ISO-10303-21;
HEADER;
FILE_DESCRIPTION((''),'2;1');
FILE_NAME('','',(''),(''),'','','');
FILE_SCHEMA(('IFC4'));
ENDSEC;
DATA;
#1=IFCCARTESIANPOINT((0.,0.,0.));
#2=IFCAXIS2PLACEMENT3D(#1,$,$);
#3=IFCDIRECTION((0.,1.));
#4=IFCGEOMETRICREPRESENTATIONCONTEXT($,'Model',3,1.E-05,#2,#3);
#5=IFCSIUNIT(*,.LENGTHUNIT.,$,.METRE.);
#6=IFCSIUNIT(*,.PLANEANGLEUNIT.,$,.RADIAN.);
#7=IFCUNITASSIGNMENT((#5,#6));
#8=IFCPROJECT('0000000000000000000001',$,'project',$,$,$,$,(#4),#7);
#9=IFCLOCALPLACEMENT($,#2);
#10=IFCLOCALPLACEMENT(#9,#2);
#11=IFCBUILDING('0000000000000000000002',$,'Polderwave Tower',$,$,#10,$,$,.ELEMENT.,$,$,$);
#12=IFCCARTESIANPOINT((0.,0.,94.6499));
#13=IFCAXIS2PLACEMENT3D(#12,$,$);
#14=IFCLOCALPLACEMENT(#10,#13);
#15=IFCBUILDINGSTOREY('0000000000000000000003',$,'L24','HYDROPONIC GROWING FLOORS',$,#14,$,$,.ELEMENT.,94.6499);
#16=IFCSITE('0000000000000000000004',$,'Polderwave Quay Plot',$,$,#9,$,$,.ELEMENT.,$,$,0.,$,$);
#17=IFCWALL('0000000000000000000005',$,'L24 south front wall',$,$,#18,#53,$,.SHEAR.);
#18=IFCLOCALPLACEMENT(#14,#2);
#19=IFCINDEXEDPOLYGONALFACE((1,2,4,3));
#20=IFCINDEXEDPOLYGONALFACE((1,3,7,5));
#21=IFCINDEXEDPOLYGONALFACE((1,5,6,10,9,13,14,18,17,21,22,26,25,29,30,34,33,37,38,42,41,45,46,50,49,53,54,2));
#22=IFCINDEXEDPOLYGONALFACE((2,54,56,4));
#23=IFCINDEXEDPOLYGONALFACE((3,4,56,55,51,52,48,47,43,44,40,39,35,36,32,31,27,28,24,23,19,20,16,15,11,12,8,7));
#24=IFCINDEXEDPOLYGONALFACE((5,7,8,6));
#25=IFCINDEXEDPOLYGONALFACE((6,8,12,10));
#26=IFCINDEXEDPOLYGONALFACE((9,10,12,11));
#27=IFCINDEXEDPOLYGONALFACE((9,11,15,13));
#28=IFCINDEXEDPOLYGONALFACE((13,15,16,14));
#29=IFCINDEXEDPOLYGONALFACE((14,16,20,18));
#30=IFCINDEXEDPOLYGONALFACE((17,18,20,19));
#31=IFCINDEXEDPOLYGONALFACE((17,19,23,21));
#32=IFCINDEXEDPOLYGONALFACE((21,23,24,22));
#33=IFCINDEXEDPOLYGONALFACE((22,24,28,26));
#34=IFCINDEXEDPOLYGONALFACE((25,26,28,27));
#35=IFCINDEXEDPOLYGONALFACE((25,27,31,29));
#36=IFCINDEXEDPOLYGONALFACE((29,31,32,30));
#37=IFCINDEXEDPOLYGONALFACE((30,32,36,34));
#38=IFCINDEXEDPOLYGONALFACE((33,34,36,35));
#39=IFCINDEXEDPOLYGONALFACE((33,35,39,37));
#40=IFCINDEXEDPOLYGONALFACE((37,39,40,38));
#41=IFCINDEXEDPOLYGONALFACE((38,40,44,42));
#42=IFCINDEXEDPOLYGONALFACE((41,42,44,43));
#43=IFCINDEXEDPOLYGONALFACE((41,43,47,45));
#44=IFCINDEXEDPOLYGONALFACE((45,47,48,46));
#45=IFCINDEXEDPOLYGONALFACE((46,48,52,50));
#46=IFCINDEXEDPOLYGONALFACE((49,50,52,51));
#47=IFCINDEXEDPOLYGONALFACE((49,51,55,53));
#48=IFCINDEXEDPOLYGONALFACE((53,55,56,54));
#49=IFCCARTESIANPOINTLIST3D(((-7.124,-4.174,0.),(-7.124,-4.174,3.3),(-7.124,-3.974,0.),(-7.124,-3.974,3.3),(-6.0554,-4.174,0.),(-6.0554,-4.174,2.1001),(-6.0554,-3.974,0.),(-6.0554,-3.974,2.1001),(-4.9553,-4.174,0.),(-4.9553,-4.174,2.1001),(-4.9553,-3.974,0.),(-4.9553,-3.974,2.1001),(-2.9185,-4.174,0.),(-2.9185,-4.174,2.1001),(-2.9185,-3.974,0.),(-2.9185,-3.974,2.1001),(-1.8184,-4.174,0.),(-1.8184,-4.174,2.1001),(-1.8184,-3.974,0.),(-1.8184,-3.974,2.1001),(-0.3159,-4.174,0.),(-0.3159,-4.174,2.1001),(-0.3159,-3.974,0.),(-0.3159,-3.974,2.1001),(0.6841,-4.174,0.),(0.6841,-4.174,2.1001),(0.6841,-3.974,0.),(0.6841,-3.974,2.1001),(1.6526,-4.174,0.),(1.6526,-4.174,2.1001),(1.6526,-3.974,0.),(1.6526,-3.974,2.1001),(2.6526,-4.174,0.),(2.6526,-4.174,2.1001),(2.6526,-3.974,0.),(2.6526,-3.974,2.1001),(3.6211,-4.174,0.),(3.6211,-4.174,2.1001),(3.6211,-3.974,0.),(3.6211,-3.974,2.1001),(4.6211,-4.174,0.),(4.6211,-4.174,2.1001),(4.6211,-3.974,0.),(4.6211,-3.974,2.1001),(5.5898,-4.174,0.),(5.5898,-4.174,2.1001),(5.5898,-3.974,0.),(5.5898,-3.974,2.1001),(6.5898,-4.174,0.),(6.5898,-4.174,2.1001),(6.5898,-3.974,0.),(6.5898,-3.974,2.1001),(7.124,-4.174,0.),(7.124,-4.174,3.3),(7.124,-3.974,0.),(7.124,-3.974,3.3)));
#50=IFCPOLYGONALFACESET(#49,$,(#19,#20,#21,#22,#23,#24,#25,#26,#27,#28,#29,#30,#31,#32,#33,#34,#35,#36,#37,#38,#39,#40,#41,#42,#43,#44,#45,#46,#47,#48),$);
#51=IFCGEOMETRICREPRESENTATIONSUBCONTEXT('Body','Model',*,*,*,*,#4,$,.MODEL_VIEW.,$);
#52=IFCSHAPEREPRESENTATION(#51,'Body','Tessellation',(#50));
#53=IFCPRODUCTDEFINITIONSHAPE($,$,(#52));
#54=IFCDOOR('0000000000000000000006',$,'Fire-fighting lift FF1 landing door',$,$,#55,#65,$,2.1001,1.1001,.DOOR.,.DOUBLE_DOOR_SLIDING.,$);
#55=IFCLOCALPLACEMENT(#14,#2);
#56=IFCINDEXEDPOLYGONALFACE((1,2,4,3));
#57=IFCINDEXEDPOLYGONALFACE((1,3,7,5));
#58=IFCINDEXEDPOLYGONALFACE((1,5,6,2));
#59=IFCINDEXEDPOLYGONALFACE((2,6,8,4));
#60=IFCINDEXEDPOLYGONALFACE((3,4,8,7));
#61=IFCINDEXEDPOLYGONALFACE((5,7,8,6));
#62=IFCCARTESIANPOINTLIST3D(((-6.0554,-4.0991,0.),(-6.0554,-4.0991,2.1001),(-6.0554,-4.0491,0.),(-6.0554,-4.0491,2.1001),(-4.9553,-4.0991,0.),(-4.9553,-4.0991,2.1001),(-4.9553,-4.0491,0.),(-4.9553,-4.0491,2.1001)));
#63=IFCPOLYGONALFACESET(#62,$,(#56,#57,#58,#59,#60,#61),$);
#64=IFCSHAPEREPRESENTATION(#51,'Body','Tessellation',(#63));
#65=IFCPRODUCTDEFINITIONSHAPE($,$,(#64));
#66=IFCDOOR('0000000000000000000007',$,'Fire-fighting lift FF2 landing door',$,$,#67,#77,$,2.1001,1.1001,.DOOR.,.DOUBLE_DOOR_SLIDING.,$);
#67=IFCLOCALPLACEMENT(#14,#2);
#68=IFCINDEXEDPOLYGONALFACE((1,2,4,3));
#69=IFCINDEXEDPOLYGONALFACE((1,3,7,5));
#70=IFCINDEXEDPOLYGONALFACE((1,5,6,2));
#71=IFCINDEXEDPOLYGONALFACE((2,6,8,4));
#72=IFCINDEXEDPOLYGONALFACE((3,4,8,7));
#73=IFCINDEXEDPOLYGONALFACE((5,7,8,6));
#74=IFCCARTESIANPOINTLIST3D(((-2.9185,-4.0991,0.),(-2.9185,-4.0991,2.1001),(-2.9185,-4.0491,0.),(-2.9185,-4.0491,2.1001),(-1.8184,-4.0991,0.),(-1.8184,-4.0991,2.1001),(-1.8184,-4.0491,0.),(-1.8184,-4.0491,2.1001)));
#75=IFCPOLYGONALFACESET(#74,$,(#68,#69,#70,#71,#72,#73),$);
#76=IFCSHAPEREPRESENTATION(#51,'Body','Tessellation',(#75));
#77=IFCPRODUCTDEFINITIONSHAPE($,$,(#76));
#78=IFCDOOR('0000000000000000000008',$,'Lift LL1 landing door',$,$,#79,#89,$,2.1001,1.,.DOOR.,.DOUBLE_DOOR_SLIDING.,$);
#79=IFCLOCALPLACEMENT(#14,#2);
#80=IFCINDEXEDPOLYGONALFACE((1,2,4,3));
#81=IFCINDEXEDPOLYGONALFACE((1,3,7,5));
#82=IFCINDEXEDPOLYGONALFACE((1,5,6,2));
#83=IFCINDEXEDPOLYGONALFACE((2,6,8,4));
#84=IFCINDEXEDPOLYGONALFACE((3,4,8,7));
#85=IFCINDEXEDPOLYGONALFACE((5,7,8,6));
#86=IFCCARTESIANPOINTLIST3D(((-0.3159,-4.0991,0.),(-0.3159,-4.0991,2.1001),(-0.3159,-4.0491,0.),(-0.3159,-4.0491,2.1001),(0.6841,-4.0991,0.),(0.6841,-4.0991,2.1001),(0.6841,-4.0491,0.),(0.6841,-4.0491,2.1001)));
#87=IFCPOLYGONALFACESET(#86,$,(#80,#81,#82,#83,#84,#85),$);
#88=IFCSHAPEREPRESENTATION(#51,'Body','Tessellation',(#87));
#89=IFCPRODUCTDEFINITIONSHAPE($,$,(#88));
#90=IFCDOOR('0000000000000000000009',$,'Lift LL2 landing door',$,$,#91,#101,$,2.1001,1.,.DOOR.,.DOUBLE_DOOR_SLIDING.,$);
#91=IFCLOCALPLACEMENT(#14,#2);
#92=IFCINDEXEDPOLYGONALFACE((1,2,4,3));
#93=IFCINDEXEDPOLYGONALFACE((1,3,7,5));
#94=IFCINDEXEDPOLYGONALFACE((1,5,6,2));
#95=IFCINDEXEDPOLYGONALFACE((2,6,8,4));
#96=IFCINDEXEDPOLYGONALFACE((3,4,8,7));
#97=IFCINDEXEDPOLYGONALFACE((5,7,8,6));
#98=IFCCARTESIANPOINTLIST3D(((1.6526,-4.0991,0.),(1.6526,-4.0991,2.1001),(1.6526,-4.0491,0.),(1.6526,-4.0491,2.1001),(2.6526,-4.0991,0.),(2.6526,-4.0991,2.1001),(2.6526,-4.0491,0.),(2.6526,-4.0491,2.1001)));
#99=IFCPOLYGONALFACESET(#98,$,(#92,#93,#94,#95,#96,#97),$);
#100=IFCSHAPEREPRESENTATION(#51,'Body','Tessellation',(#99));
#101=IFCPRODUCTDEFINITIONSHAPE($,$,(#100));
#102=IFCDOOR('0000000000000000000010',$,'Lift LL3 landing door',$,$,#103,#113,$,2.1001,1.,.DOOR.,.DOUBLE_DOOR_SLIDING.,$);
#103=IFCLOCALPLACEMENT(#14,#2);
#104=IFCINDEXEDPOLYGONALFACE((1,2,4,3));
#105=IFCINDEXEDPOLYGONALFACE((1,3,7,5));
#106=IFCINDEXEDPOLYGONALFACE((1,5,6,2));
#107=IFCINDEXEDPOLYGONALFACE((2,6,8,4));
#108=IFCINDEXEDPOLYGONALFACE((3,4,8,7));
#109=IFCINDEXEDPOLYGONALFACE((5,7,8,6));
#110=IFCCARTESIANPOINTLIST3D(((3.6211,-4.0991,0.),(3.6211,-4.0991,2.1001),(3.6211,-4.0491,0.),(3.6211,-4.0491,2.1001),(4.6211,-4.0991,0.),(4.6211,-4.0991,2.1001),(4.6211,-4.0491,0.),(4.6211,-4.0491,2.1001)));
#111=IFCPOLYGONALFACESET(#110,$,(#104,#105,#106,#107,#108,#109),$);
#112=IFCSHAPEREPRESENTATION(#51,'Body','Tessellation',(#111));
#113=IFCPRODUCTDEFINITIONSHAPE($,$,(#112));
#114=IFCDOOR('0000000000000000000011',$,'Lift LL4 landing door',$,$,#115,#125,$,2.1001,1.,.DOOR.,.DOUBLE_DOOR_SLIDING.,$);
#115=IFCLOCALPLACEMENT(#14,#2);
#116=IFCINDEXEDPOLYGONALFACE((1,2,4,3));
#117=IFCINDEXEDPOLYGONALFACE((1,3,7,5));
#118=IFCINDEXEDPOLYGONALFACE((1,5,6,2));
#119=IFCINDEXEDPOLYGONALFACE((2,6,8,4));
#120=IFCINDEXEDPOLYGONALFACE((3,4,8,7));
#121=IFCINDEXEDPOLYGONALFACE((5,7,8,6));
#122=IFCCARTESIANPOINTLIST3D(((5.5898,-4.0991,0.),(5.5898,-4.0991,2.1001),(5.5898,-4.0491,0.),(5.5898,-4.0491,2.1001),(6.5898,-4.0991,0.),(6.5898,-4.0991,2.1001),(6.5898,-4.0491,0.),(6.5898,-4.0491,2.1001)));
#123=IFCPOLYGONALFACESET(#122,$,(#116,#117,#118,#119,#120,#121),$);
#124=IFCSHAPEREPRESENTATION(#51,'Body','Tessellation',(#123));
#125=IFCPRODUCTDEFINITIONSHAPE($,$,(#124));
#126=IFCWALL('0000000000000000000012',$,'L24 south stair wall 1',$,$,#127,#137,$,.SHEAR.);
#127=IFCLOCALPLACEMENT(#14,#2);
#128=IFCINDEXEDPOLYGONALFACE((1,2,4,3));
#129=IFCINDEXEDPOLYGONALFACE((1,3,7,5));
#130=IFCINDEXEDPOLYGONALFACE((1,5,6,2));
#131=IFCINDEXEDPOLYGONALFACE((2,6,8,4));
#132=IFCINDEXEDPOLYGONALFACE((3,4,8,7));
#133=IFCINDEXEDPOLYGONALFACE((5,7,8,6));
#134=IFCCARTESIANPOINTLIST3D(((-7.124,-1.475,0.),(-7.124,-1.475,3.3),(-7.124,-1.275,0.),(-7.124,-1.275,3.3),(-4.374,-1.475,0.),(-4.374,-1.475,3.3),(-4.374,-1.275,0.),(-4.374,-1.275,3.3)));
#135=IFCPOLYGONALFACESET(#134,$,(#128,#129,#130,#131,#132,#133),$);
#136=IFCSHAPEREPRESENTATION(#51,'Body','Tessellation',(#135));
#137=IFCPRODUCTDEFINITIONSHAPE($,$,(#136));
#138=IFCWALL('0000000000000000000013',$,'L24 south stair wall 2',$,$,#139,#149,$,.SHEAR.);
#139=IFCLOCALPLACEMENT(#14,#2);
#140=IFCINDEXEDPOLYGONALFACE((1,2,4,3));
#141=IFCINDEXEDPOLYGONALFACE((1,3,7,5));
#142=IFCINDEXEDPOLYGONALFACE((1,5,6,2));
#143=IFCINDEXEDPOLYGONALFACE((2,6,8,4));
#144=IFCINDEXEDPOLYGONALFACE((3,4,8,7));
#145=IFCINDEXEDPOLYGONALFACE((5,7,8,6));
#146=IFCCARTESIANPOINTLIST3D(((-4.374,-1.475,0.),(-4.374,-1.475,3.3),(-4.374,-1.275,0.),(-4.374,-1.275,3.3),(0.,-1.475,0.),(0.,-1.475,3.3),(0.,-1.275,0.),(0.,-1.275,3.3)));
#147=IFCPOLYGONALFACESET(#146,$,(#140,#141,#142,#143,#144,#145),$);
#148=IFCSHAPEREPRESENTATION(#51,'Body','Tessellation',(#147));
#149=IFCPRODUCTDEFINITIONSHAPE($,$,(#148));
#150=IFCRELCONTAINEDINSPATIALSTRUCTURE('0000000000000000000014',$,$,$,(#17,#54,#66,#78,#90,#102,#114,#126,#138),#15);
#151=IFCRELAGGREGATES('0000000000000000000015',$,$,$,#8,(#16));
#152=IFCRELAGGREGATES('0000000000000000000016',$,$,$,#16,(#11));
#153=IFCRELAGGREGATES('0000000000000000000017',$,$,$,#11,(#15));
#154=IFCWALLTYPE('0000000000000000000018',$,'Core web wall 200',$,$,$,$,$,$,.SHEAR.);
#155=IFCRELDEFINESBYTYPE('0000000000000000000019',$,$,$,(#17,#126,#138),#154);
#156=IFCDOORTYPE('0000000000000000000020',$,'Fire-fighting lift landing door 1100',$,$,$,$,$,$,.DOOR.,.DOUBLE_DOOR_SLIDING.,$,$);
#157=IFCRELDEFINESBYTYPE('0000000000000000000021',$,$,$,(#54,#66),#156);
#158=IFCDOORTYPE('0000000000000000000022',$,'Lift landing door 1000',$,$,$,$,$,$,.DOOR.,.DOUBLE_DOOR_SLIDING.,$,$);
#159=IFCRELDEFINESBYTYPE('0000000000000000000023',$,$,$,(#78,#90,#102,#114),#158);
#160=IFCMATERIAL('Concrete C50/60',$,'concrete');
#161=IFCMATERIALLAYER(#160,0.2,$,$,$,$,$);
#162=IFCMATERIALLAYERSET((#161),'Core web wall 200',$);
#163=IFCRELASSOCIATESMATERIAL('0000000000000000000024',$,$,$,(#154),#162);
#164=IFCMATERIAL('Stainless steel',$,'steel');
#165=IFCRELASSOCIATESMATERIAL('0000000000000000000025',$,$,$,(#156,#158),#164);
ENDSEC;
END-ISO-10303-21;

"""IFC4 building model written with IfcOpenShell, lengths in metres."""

from ifc_helpers import new_model, si_unit, direction, frame, frame_2d, origin, place, context, subcontext, project, spatial, rectangle, extrude, material, layer, layer_set, type_object, element, fill, save


model = new_model("IFC4")

# Units and contexts
model_context = context("Model", 3, precision=1e-05, world=origin(), true_north=direction((0.0, 1.0)))
body_context = subcontext(model_context, "Body", "Model", "MODEL_VIEW")
ifc_project = project(units=[si_unit("LENGTHUNIT", "METRE"), si_unit("PLANEANGLEUNIT", "RADIAN")], contexts=[model_context])

# Site, building, storey
site_placement = place(None, origin())
site = spatial("IfcSite", under=ifc_project, at=site_placement, Name="Polderwave Quay Plot", CompositionType="ELEMENT", RefElevation=0.0)
building_placement = place(site_placement, origin())
building = spatial("IfcBuilding", under=site, at=building_placement, Name="Polderwave Tower", CompositionType="ELEMENT")
storey_placement = place(building_placement, frame((0.0, 0.0, 94.6499)))
storey = spatial("IfcBuildingStorey", under=building, at=storey_placement, Name="L24", Description="HYDROPONIC GROWING FLOORS", CompositionType="ELEMENT", Elevation=94.6499)

# Wall, openings, doors
ifc_material_1 = material(Name="Concrete C50/60", Category="concrete")
ifc_layer_1 = layer(ifc_material_1, 0.2)
ifc_layer_set_1 = layer_set([ifc_layer_1], Name="Core web wall 200")
wall_type_1 = type_object("IfcWallType", Name="Core web wall 200", PredefinedType="SHEAR", material=ifc_layer_set_1)
wall_1_placement = place(storey_placement, frame((-7.124, -4.074, 0.0), z_axis=(0.0, 0.0, 1.0), x_axis=(1.0, 0.0, 0.0)))
wall_1 = element("IfcWall", 1, at=wall_1_placement, inside=storey, type_object=wall_type_1, Name="L24 south front wall", PredefinedType="SHEAR", context=body_context, shape_type="SweptSolid", body=[
    extrude(rectangle(XDim=14.248, YDim=0.2, at=frame_2d((7.124, 0.0))), origin(), (0.0, 0.0, 1.0), 3.3),
])
opening_1_placement = place(wall_1_placement, frame((1.0686, 0.0, 0.0)))
opening_1 = element("IfcOpeningElement", 2, at=opening_1_placement, cuts=wall_1, PredefinedType="OPENING", context=body_context, shape_type="SweptSolid", body=[
    extrude(rectangle(XDim=1.1001, YDim=2.1001, at=frame_2d((0.55, 1.05))), frame((0.0, 0.1099, 0.0), z_axis=(0.0, -1.0, 0.0), x_axis=(1.0, 0.0, 0.0)), (0.0, 0.0, 1.0), 0.22),
])
opening_2_placement = place(wall_1_placement, frame((4.2056, 0.0, 0.0)))
opening_2 = element("IfcOpeningElement", 3, at=opening_2_placement, cuts=wall_1, PredefinedType="OPENING", context=body_context, shape_type="SweptSolid", body=[
    extrude(rectangle(XDim=1.1001, YDim=2.1001, at=frame_2d((0.55, 1.05))), frame((0.0, 0.1099, 0.0), z_axis=(0.0, -1.0, 0.0), x_axis=(1.0, 0.0, 0.0)), (0.0, 0.0, 1.0), 0.22),
])
opening_3_placement = place(wall_1_placement, frame((6.8081, 0.0, 0.0)))
opening_3 = element("IfcOpeningElement", 4, at=opening_3_placement, cuts=wall_1, PredefinedType="OPENING", context=body_context, shape_type="SweptSolid", body=[
    extrude(rectangle(XDim=1.0, YDim=2.1001, at=frame_2d((0.5, 1.05))), frame((0.0, 0.1099, 0.0), z_axis=(0.0, -1.0, 0.0), x_axis=(1.0, 0.0, 0.0)), (0.0, 0.0, 1.0), 0.22),
])
opening_4_placement = place(wall_1_placement, frame((8.7766, 0.0, 0.0)))
opening_4 = element("IfcOpeningElement", 5, at=opening_4_placement, cuts=wall_1, PredefinedType="OPENING", context=body_context, shape_type="SweptSolid", body=[
    extrude(rectangle(XDim=1.0, YDim=2.1001, at=frame_2d((0.5, 1.05))), frame((0.0, 0.1099, 0.0), z_axis=(0.0, -1.0, 0.0), x_axis=(1.0, 0.0, 0.0)), (0.0, 0.0, 1.0), 0.22),
])
opening_5_placement = place(wall_1_placement, frame((10.7451, 0.0, 0.0)))
opening_5 = element("IfcOpeningElement", 6, at=opening_5_placement, cuts=wall_1, PredefinedType="OPENING", context=body_context, shape_type="SweptSolid", body=[
    extrude(rectangle(XDim=1.0, YDim=2.1001, at=frame_2d((0.5, 1.05))), frame((0.0, 0.1099, 0.0), z_axis=(0.0, -1.0, 0.0), x_axis=(1.0, 0.0, 0.0)), (0.0, 0.0, 1.0), 0.22),
])
opening_6_placement = place(wall_1_placement, frame((12.7139, 0.0, 0.0)))
opening_6 = element("IfcOpeningElement", 7, at=opening_6_placement, cuts=wall_1, PredefinedType="OPENING", context=body_context, shape_type="SweptSolid", body=[
    extrude(rectangle(XDim=1.0, YDim=2.1001, at=frame_2d((0.5, 1.05))), frame((0.0, 0.1099, 0.0), z_axis=(0.0, -1.0, 0.0), x_axis=(1.0, 0.0, 0.0)), (0.0, 0.0, 1.0), 0.22),
])
ifc_material_2 = material(Name="Stainless steel", Category="steel")
door_type_1 = type_object("IfcDoorType", Name="Fire-fighting lift landing door 1100", OperationType="DOUBLE_DOOR_SLIDING", PredefinedType="DOOR", material=ifc_material_2)
door_1_placement = place(opening_1_placement, origin())
door_1 = element("IfcDoor", 8, at=door_1_placement, inside=storey, type_object=door_type_1, Name="Fire-fighting lift FF1 landing door", OperationType="DOUBLE_DOOR_SLIDING", OverallHeight=2.1001, OverallWidth=1.1001, PredefinedType="DOOR", context=body_context, shape_type="SweptSolid", body=[
    extrude(rectangle(XDim=1.1001, YDim=2.1001, at=frame_2d((0.55, 1.05))), frame((0.0, 0.0249, 0.0), z_axis=(0.0, -1.0, 0.0), x_axis=(1.0, 0.0, 0.0)), (0.0, 0.0, 1.0), 0.05),
])
fill(opening_1, door_1)
door_2_placement = place(opening_2_placement, origin())
door_2 = element("IfcDoor", 9, at=door_2_placement, inside=storey, type_object=door_type_1, Name="Fire-fighting lift FF2 landing door", OperationType="DOUBLE_DOOR_SLIDING", OverallHeight=2.1001, OverallWidth=1.1001, PredefinedType="DOOR", context=body_context, shape_type="SweptSolid", body=[
    extrude(rectangle(XDim=1.1001, YDim=2.1001, at=frame_2d((0.55, 1.05))), frame((0.0, 0.0249, 0.0), z_axis=(0.0, -1.0, 0.0), x_axis=(1.0, 0.0, 0.0)), (0.0, 0.0, 1.0), 0.05),
])
fill(opening_2, door_2)
door_type_2 = type_object("IfcDoorType", Name="Lift landing door 1000", OperationType="DOUBLE_DOOR_SLIDING", PredefinedType="DOOR", material=ifc_material_2)
door_3_placement = place(opening_3_placement, origin())
door_3 = element("IfcDoor", 10, at=door_3_placement, inside=storey, type_object=door_type_2, Name="Lift LL1 landing door", OperationType="DOUBLE_DOOR_SLIDING", OverallHeight=2.1001, OverallWidth=1.0, PredefinedType="DOOR", context=body_context, shape_type="SweptSolid", body=[
    extrude(rectangle(XDim=1.0, YDim=2.1001, at=frame_2d((0.5, 1.05))), frame((0.0, 0.0249, 0.0), z_axis=(0.0, -1.0, 0.0), x_axis=(1.0, 0.0, 0.0)), (0.0, 0.0, 1.0), 0.05),
])
fill(opening_3, door_3)
door_4_placement = place(opening_4_placement, origin())
door_4 = element("IfcDoor", 11, at=door_4_placement, inside=storey, type_object=door_type_2, Name="Lift LL2 landing door", OperationType="DOUBLE_DOOR_SLIDING", OverallHeight=2.1001, OverallWidth=1.0, PredefinedType="DOOR", context=body_context, shape_type="SweptSolid", body=[
    extrude(rectangle(XDim=1.0, YDim=2.1001, at=frame_2d((0.5, 1.05))), frame((0.0, 0.0249, 0.0), z_axis=(0.0, -1.0, 0.0), x_axis=(1.0, 0.0, 0.0)), (0.0, 0.0, 1.0), 0.05),
])
fill(opening_4, door_4)
door_5_placement = place(opening_5_placement, origin())
door_5 = element("IfcDoor", 12, at=door_5_placement, inside=storey, type_object=door_type_2, Name="Lift LL3 landing door", OperationType="DOUBLE_DOOR_SLIDING", OverallHeight=2.1001, OverallWidth=1.0, PredefinedType="DOOR", context=body_context, shape_type="SweptSolid", body=[
    extrude(rectangle(XDim=1.0, YDim=2.1001, at=frame_2d((0.5, 1.05))), frame((0.0, 0.0249, 0.0), z_axis=(0.0, -1.0, 0.0), x_axis=(1.0, 0.0, 0.0)), (0.0, 0.0, 1.0), 0.05),
])
fill(opening_5, door_5)
door_6_placement = place(opening_6_placement, origin())
door_6 = element("IfcDoor", 13, at=door_6_placement, inside=storey, type_object=door_type_2, Name="Lift LL4 landing door", OperationType="DOUBLE_DOOR_SLIDING", OverallHeight=2.1001, OverallWidth=1.0, PredefinedType="DOOR", context=body_context, shape_type="SweptSolid", body=[
    extrude(rectangle(XDim=1.0, YDim=2.1001, at=frame_2d((0.5, 1.05))), frame((0.0, 0.0249, 0.0), z_axis=(0.0, -1.0, 0.0), x_axis=(1.0, 0.0, 0.0)), (0.0, 0.0, 1.0), 0.05),
])
fill(opening_6, door_6)

# Walls
wall_2_placement = place(storey_placement, frame((-7.124, -1.375, 0.0), z_axis=(0.0, 0.0, 1.0), x_axis=(1.0, 0.0, 0.0)))
element("IfcWall", 14, at=wall_2_placement, inside=storey, type_object=wall_type_1, Name="L24 south stair wall 1", PredefinedType="SHEAR", context=body_context, shape_type="SweptSolid", body=[
    extrude(rectangle(XDim=2.75, YDim=0.2, at=frame_2d((1.375, 0.0))), origin(), (0.0, 0.0, 1.0), 3.3),
])
wall_3_placement = place(storey_placement, frame((-4.374, -1.375, 0.0), z_axis=(0.0, 0.0, 1.0), x_axis=(1.0, 0.0, 0.0)))
element("IfcWall", 15, at=wall_3_placement, inside=storey, type_object=wall_type_1, Name="L24 south stair wall 2", PredefinedType="SHEAR", context=body_context, shape_type="SweptSolid", body=[
    extrude(rectangle(XDim=4.374, YDim=0.2, at=frame_2d((2.187, 0.0))), origin(), (0.0, 0.0, 1.0), 3.3),
])

save(model, "model.ifc")
